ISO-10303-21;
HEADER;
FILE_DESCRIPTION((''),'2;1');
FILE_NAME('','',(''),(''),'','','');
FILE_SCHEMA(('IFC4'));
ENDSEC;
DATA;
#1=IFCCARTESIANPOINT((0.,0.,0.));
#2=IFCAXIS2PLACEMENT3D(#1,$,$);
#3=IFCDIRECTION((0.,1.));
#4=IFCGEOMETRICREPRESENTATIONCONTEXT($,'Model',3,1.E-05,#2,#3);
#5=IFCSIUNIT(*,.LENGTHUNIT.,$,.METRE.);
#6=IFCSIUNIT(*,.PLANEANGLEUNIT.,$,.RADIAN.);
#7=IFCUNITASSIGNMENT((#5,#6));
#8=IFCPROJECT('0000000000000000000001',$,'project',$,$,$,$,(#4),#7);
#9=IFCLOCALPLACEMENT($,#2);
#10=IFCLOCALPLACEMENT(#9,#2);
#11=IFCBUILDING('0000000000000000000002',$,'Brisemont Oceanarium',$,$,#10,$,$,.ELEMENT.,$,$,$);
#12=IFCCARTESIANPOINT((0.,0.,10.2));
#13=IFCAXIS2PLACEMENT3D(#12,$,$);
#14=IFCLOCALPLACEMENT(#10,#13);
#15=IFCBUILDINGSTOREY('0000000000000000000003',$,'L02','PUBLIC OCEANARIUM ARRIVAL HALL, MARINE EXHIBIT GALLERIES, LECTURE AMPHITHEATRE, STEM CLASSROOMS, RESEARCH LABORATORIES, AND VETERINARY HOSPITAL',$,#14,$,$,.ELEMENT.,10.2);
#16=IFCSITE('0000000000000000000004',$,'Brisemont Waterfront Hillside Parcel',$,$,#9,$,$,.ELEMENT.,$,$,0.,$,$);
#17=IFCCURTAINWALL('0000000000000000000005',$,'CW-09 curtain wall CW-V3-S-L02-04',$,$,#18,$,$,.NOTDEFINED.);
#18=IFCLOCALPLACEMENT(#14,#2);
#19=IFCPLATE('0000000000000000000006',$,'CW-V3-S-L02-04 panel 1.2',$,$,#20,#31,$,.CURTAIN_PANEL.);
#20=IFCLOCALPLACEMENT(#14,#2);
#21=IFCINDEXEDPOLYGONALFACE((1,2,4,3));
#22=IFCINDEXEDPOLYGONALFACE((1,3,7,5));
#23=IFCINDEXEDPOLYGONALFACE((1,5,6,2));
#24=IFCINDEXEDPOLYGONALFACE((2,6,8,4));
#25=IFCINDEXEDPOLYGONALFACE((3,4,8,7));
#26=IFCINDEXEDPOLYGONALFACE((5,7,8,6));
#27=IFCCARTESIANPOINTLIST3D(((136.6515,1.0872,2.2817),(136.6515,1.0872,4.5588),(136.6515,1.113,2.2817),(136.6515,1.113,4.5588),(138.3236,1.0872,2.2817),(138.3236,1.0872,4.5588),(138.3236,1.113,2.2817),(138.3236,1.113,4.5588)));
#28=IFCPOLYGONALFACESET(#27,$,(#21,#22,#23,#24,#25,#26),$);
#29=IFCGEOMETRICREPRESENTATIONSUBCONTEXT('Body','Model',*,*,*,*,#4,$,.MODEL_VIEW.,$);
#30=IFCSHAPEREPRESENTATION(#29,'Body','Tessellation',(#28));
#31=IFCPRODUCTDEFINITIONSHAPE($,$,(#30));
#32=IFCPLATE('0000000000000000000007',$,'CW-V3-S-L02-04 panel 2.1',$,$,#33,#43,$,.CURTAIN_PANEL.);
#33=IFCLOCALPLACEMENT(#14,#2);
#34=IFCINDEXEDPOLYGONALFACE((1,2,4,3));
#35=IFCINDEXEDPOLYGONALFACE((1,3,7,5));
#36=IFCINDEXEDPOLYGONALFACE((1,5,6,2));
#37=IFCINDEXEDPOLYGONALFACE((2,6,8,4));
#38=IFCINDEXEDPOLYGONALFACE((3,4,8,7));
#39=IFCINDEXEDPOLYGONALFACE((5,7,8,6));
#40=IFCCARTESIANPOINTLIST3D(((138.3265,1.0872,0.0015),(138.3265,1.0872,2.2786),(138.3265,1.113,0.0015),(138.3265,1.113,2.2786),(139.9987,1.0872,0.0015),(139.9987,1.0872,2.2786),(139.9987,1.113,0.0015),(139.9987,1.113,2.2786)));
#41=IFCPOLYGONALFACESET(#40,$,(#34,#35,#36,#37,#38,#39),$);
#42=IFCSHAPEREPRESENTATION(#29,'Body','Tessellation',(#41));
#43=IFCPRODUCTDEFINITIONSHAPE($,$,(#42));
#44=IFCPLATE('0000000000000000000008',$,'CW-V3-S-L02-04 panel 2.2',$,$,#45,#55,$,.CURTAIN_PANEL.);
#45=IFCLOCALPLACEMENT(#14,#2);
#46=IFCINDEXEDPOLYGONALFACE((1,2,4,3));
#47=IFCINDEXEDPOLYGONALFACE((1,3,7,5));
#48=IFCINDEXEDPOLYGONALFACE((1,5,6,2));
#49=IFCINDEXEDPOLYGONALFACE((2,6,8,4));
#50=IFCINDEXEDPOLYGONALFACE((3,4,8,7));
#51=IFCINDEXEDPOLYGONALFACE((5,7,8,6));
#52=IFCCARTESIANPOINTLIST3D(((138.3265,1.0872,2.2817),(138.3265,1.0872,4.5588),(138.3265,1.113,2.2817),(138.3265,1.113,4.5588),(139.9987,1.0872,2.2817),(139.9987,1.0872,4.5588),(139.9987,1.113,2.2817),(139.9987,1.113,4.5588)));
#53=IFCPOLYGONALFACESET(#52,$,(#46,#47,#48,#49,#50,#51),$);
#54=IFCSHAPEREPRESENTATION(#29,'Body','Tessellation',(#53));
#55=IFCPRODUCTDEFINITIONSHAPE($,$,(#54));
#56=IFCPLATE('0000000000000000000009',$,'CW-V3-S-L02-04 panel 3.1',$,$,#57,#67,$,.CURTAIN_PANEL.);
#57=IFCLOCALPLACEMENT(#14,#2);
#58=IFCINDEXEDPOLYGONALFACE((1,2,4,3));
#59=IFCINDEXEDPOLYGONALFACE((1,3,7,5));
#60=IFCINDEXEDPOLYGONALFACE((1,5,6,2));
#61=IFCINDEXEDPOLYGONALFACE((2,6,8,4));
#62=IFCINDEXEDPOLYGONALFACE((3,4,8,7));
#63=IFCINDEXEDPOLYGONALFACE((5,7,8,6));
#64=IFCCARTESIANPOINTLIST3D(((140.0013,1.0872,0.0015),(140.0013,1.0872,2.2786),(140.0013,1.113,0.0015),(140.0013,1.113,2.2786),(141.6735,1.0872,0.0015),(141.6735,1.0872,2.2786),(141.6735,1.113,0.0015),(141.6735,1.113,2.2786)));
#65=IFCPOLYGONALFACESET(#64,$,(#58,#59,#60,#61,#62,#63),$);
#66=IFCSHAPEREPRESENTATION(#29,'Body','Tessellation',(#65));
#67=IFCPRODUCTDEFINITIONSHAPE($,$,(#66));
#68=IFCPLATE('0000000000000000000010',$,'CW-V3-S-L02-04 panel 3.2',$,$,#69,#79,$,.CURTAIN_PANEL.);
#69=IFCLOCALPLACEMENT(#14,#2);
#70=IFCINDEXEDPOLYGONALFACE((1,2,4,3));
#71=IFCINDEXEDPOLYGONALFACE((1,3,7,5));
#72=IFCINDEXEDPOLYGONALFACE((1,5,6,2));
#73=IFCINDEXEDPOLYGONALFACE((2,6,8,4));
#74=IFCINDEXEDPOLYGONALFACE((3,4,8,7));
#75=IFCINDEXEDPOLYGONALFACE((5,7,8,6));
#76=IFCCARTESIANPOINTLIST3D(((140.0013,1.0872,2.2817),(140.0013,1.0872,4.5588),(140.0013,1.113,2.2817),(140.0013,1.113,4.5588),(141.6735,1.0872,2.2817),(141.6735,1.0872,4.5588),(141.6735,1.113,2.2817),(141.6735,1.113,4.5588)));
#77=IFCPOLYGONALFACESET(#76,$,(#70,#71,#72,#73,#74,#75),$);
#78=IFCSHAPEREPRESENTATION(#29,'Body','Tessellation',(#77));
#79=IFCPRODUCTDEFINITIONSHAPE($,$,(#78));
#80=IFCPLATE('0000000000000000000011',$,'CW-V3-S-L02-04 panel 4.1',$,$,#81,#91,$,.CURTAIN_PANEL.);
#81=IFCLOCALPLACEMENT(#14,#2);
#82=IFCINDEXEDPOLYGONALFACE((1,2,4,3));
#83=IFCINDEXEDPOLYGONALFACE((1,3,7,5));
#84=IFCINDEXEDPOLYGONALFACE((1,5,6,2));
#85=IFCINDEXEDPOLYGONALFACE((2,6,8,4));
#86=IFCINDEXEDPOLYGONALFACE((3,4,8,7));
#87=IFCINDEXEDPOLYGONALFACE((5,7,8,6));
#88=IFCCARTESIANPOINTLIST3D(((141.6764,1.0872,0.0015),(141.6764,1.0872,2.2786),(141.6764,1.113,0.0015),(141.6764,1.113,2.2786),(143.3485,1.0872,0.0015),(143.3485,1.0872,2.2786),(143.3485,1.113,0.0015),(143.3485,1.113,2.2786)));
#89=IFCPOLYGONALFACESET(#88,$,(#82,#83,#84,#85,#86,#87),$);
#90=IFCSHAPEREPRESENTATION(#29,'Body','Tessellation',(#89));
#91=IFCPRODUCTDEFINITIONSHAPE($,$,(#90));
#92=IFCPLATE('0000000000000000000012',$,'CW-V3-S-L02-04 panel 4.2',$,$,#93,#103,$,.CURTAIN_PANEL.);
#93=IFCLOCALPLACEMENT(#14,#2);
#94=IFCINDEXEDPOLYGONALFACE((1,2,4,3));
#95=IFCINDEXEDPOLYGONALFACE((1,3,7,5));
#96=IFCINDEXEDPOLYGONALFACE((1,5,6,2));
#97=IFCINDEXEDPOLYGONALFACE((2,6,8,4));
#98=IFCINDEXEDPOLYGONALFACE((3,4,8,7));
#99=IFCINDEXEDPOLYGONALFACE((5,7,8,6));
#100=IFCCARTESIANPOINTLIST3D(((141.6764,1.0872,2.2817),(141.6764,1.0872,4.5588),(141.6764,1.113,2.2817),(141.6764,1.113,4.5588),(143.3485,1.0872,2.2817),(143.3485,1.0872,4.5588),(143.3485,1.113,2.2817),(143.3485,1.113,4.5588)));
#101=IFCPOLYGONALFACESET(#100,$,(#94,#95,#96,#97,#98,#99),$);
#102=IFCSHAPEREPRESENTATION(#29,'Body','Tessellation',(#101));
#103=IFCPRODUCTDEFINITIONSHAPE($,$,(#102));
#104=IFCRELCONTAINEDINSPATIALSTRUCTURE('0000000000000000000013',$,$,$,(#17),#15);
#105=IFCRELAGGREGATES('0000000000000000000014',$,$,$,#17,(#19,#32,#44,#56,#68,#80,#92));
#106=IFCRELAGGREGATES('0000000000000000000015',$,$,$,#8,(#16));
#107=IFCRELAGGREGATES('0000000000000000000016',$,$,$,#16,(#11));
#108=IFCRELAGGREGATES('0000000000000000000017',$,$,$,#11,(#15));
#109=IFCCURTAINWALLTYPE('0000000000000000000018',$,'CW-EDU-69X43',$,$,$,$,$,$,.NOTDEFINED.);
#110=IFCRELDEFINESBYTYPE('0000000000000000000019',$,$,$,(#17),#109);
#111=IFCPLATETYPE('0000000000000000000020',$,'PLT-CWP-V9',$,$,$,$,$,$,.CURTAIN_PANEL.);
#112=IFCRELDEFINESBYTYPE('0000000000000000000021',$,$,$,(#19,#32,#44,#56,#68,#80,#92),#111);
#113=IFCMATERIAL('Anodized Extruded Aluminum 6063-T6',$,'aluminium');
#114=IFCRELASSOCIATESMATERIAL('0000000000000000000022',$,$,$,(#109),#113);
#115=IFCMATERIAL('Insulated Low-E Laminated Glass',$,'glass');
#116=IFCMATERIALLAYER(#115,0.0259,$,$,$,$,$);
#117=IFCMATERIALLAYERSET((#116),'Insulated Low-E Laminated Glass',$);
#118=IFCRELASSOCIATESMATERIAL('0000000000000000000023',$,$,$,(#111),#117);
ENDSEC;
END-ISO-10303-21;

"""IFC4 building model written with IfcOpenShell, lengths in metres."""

from ifc_helpers import new_model, si_unit, direction, frame, origin, origin_2d, place, context, subcontext, project, spatial, rectangle, extrude, material, layer, layer_set, type_object, element, aggregate, save


model = new_model("IFC4")

# Units and contexts
model_context = context("Model", 3, precision=1e-05, world=origin(), true_north=direction((0.0, 1.0)))
body_context = subcontext(model_context, "Body", "Model", "MODEL_VIEW")
ifc_project = project(units=[si_unit("LENGTHUNIT", "METRE"), si_unit("PLANEANGLEUNIT", "RADIAN")], contexts=[model_context])

# Site, building, storey
site_placement = place(None, origin())
site = spatial("IfcSite", under=ifc_project, at=site_placement, Name="Brisemont Waterfront Hillside Parcel", CompositionType="ELEMENT", RefElevation=0.0)
building_placement = place(site_placement, origin())
building = spatial("IfcBuilding", under=site, at=building_placement, Name="Brisemont Oceanarium", CompositionType="ELEMENT")
storey_placement = place(building_placement, frame((0.0, 0.0, 10.2)))
storey = spatial("IfcBuildingStorey", under=building, at=storey_placement, Name="L02", Description="PUBLIC OCEANARIUM ARRIVAL HALL, MARINE EXHIBIT GALLERIES, LECTURE AMPHITHEATRE, STEM CLASSROOMS, RESEARCH LABORATORIES, AND VETERINARY HOSPITAL", CompositionType="ELEMENT", Elevation=10.2)

# Curtain wall, plates
ifc_material_1 = material(Name="Anodized Extruded Aluminum 6063-T6", Category="aluminium")
curtain_wall_type = type_object("IfcCurtainWallType", Name="CW-EDU-69X43", PredefinedType="NOTDEFINED", material=ifc_material_1)
curtain_wall_placement = place(storey_placement, origin())
curtain_wall = element("IfcCurtainWall", 1, at=curtain_wall_placement, inside=storey, type_object=curtain_wall_type, Name="CW-09 curtain wall CW-V3-S-L02-04", PredefinedType="NOTDEFINED")
ifc_material_2 = material(Name="Insulated Low-E Laminated Glass", Category="glass")
ifc_layer = layer(ifc_material_2, 0.0259)
ifc_layer_set = layer_set([ifc_layer], Name="Insulated Low-E Laminated Glass")
plate_type = type_object("IfcPlateType", Name="PLT-CWP-V9", PredefinedType="CURTAIN_PANEL", material=ifc_layer_set)
plate_1_placement = place(storey_placement, frame((137.4875, 1.1001, 2.2817), z_axis=(0.0, 0.0, 1.0), x_axis=(1.0, 0.0, 0.0)))
plate_1 = element("IfcPlate", 2, at=plate_1_placement, type_object=plate_type, Name="CW-V3-S-L02-04 panel 1.2", PredefinedType="CURTAIN_PANEL", context=body_context, shape_type="SweptSolid", body=[
    extrude(rectangle(XDim=1.6721, YDim=0.0259, at=origin_2d()), origin(), (0.0, 0.0, 1.0), 2.2771),
])
plate_2_placement = place(storey_placement, frame((139.1626, 1.1001, 0.0015), z_axis=(0.0, 0.0, 1.0), x_axis=(1.0, 0.0, 0.0)))
plate_2 = element("IfcPlate", 3, at=plate_2_placement, type_object=plate_type, Name="CW-V3-S-L02-04 panel 2.1", PredefinedType="CURTAIN_PANEL", context=body_context, shape_type="SweptSolid", body=[
    extrude(rectangle(XDim=1.6721, YDim=0.0259, at=origin_2d()), origin(), (0.0, 0.0, 1.0), 2.2771),
])
plate_3_placement = place(storey_placement, frame((139.1626, 1.1001, 2.2817), z_axis=(0.0, 0.0, 1.0), x_axis=(1.0, 0.0, 0.0)))
plate_3 = element("IfcPlate", 4, at=plate_3_placement, type_object=plate_type, Name="CW-V3-S-L02-04 panel 2.2", PredefinedType="CURTAIN_PANEL", context=body_context, shape_type="SweptSolid", body=[
    extrude(rectangle(XDim=1.6721, YDim=0.0259, at=origin_2d()), origin(), (0.0, 0.0, 1.0), 2.2771),
])
plate_4_placement = place(storey_placement, frame((140.8374, 1.1001, 0.0015), z_axis=(0.0, 0.0, 1.0), x_axis=(1.0, 0.0, 0.0)))
plate_4 = element("IfcPlate", 5, at=plate_4_placement, type_object=plate_type, Name="CW-V3-S-L02-04 panel 3.1", PredefinedType="CURTAIN_PANEL", context=body_context, shape_type="SweptSolid", body=[
    extrude(rectangle(XDim=1.6721, YDim=0.0259, at=origin_2d()), origin(), (0.0, 0.0, 1.0), 2.2771),
])
plate_5_placement = place(storey_placement, frame((140.8374, 1.1001, 2.2817), z_axis=(0.0, 0.0, 1.0), x_axis=(1.0, 0.0, 0.0)))
plate_5 = element("IfcPlate", 6, at=plate_5_placement, type_object=plate_type, Name="CW-V3-S-L02-04 panel 3.2", PredefinedType="CURTAIN_PANEL", context=body_context, shape_type="SweptSolid", body=[
    extrude(rectangle(XDim=1.6721, YDim=0.0259, at=origin_2d()), origin(), (0.0, 0.0, 1.0), 2.2771),
])
plate_6_placement = place(storey_placement, frame((142.5125, 1.1001, 0.0015), z_axis=(0.0, 0.0, 1.0), x_axis=(1.0, 0.0, 0.0)))
plate_6 = element("IfcPlate", 7, at=plate_6_placement, type_object=plate_type, Name="CW-V3-S-L02-04 panel 4.1", PredefinedType="CURTAIN_PANEL", context=body_context, shape_type="SweptSolid", body=[
    extrude(rectangle(XDim=1.6721, YDim=0.0259, at=origin_2d()), origin(), (0.0, 0.0, 1.0), 2.2771),
])
plate_7_placement = place(storey_placement, frame((142.5125, 1.1001, 2.2817), z_axis=(0.0, 0.0, 1.0), x_axis=(1.0, 0.0, 0.0)))
plate_7 = element("IfcPlate", 8, at=plate_7_placement, type_object=plate_type, Name="CW-V3-S-L02-04 panel 4.2", PredefinedType="CURTAIN_PANEL", context=body_context, shape_type="SweptSolid", body=[
    extrude(rectangle(XDim=1.6721, YDim=0.0259, at=origin_2d()), origin(), (0.0, 0.0, 1.0), 2.2771),
])
aggregate(curtain_wall, [plate_1, plate_2, plate_3, plate_4, plate_5, plate_6, plate_7])

save(model, "model.ifc")
